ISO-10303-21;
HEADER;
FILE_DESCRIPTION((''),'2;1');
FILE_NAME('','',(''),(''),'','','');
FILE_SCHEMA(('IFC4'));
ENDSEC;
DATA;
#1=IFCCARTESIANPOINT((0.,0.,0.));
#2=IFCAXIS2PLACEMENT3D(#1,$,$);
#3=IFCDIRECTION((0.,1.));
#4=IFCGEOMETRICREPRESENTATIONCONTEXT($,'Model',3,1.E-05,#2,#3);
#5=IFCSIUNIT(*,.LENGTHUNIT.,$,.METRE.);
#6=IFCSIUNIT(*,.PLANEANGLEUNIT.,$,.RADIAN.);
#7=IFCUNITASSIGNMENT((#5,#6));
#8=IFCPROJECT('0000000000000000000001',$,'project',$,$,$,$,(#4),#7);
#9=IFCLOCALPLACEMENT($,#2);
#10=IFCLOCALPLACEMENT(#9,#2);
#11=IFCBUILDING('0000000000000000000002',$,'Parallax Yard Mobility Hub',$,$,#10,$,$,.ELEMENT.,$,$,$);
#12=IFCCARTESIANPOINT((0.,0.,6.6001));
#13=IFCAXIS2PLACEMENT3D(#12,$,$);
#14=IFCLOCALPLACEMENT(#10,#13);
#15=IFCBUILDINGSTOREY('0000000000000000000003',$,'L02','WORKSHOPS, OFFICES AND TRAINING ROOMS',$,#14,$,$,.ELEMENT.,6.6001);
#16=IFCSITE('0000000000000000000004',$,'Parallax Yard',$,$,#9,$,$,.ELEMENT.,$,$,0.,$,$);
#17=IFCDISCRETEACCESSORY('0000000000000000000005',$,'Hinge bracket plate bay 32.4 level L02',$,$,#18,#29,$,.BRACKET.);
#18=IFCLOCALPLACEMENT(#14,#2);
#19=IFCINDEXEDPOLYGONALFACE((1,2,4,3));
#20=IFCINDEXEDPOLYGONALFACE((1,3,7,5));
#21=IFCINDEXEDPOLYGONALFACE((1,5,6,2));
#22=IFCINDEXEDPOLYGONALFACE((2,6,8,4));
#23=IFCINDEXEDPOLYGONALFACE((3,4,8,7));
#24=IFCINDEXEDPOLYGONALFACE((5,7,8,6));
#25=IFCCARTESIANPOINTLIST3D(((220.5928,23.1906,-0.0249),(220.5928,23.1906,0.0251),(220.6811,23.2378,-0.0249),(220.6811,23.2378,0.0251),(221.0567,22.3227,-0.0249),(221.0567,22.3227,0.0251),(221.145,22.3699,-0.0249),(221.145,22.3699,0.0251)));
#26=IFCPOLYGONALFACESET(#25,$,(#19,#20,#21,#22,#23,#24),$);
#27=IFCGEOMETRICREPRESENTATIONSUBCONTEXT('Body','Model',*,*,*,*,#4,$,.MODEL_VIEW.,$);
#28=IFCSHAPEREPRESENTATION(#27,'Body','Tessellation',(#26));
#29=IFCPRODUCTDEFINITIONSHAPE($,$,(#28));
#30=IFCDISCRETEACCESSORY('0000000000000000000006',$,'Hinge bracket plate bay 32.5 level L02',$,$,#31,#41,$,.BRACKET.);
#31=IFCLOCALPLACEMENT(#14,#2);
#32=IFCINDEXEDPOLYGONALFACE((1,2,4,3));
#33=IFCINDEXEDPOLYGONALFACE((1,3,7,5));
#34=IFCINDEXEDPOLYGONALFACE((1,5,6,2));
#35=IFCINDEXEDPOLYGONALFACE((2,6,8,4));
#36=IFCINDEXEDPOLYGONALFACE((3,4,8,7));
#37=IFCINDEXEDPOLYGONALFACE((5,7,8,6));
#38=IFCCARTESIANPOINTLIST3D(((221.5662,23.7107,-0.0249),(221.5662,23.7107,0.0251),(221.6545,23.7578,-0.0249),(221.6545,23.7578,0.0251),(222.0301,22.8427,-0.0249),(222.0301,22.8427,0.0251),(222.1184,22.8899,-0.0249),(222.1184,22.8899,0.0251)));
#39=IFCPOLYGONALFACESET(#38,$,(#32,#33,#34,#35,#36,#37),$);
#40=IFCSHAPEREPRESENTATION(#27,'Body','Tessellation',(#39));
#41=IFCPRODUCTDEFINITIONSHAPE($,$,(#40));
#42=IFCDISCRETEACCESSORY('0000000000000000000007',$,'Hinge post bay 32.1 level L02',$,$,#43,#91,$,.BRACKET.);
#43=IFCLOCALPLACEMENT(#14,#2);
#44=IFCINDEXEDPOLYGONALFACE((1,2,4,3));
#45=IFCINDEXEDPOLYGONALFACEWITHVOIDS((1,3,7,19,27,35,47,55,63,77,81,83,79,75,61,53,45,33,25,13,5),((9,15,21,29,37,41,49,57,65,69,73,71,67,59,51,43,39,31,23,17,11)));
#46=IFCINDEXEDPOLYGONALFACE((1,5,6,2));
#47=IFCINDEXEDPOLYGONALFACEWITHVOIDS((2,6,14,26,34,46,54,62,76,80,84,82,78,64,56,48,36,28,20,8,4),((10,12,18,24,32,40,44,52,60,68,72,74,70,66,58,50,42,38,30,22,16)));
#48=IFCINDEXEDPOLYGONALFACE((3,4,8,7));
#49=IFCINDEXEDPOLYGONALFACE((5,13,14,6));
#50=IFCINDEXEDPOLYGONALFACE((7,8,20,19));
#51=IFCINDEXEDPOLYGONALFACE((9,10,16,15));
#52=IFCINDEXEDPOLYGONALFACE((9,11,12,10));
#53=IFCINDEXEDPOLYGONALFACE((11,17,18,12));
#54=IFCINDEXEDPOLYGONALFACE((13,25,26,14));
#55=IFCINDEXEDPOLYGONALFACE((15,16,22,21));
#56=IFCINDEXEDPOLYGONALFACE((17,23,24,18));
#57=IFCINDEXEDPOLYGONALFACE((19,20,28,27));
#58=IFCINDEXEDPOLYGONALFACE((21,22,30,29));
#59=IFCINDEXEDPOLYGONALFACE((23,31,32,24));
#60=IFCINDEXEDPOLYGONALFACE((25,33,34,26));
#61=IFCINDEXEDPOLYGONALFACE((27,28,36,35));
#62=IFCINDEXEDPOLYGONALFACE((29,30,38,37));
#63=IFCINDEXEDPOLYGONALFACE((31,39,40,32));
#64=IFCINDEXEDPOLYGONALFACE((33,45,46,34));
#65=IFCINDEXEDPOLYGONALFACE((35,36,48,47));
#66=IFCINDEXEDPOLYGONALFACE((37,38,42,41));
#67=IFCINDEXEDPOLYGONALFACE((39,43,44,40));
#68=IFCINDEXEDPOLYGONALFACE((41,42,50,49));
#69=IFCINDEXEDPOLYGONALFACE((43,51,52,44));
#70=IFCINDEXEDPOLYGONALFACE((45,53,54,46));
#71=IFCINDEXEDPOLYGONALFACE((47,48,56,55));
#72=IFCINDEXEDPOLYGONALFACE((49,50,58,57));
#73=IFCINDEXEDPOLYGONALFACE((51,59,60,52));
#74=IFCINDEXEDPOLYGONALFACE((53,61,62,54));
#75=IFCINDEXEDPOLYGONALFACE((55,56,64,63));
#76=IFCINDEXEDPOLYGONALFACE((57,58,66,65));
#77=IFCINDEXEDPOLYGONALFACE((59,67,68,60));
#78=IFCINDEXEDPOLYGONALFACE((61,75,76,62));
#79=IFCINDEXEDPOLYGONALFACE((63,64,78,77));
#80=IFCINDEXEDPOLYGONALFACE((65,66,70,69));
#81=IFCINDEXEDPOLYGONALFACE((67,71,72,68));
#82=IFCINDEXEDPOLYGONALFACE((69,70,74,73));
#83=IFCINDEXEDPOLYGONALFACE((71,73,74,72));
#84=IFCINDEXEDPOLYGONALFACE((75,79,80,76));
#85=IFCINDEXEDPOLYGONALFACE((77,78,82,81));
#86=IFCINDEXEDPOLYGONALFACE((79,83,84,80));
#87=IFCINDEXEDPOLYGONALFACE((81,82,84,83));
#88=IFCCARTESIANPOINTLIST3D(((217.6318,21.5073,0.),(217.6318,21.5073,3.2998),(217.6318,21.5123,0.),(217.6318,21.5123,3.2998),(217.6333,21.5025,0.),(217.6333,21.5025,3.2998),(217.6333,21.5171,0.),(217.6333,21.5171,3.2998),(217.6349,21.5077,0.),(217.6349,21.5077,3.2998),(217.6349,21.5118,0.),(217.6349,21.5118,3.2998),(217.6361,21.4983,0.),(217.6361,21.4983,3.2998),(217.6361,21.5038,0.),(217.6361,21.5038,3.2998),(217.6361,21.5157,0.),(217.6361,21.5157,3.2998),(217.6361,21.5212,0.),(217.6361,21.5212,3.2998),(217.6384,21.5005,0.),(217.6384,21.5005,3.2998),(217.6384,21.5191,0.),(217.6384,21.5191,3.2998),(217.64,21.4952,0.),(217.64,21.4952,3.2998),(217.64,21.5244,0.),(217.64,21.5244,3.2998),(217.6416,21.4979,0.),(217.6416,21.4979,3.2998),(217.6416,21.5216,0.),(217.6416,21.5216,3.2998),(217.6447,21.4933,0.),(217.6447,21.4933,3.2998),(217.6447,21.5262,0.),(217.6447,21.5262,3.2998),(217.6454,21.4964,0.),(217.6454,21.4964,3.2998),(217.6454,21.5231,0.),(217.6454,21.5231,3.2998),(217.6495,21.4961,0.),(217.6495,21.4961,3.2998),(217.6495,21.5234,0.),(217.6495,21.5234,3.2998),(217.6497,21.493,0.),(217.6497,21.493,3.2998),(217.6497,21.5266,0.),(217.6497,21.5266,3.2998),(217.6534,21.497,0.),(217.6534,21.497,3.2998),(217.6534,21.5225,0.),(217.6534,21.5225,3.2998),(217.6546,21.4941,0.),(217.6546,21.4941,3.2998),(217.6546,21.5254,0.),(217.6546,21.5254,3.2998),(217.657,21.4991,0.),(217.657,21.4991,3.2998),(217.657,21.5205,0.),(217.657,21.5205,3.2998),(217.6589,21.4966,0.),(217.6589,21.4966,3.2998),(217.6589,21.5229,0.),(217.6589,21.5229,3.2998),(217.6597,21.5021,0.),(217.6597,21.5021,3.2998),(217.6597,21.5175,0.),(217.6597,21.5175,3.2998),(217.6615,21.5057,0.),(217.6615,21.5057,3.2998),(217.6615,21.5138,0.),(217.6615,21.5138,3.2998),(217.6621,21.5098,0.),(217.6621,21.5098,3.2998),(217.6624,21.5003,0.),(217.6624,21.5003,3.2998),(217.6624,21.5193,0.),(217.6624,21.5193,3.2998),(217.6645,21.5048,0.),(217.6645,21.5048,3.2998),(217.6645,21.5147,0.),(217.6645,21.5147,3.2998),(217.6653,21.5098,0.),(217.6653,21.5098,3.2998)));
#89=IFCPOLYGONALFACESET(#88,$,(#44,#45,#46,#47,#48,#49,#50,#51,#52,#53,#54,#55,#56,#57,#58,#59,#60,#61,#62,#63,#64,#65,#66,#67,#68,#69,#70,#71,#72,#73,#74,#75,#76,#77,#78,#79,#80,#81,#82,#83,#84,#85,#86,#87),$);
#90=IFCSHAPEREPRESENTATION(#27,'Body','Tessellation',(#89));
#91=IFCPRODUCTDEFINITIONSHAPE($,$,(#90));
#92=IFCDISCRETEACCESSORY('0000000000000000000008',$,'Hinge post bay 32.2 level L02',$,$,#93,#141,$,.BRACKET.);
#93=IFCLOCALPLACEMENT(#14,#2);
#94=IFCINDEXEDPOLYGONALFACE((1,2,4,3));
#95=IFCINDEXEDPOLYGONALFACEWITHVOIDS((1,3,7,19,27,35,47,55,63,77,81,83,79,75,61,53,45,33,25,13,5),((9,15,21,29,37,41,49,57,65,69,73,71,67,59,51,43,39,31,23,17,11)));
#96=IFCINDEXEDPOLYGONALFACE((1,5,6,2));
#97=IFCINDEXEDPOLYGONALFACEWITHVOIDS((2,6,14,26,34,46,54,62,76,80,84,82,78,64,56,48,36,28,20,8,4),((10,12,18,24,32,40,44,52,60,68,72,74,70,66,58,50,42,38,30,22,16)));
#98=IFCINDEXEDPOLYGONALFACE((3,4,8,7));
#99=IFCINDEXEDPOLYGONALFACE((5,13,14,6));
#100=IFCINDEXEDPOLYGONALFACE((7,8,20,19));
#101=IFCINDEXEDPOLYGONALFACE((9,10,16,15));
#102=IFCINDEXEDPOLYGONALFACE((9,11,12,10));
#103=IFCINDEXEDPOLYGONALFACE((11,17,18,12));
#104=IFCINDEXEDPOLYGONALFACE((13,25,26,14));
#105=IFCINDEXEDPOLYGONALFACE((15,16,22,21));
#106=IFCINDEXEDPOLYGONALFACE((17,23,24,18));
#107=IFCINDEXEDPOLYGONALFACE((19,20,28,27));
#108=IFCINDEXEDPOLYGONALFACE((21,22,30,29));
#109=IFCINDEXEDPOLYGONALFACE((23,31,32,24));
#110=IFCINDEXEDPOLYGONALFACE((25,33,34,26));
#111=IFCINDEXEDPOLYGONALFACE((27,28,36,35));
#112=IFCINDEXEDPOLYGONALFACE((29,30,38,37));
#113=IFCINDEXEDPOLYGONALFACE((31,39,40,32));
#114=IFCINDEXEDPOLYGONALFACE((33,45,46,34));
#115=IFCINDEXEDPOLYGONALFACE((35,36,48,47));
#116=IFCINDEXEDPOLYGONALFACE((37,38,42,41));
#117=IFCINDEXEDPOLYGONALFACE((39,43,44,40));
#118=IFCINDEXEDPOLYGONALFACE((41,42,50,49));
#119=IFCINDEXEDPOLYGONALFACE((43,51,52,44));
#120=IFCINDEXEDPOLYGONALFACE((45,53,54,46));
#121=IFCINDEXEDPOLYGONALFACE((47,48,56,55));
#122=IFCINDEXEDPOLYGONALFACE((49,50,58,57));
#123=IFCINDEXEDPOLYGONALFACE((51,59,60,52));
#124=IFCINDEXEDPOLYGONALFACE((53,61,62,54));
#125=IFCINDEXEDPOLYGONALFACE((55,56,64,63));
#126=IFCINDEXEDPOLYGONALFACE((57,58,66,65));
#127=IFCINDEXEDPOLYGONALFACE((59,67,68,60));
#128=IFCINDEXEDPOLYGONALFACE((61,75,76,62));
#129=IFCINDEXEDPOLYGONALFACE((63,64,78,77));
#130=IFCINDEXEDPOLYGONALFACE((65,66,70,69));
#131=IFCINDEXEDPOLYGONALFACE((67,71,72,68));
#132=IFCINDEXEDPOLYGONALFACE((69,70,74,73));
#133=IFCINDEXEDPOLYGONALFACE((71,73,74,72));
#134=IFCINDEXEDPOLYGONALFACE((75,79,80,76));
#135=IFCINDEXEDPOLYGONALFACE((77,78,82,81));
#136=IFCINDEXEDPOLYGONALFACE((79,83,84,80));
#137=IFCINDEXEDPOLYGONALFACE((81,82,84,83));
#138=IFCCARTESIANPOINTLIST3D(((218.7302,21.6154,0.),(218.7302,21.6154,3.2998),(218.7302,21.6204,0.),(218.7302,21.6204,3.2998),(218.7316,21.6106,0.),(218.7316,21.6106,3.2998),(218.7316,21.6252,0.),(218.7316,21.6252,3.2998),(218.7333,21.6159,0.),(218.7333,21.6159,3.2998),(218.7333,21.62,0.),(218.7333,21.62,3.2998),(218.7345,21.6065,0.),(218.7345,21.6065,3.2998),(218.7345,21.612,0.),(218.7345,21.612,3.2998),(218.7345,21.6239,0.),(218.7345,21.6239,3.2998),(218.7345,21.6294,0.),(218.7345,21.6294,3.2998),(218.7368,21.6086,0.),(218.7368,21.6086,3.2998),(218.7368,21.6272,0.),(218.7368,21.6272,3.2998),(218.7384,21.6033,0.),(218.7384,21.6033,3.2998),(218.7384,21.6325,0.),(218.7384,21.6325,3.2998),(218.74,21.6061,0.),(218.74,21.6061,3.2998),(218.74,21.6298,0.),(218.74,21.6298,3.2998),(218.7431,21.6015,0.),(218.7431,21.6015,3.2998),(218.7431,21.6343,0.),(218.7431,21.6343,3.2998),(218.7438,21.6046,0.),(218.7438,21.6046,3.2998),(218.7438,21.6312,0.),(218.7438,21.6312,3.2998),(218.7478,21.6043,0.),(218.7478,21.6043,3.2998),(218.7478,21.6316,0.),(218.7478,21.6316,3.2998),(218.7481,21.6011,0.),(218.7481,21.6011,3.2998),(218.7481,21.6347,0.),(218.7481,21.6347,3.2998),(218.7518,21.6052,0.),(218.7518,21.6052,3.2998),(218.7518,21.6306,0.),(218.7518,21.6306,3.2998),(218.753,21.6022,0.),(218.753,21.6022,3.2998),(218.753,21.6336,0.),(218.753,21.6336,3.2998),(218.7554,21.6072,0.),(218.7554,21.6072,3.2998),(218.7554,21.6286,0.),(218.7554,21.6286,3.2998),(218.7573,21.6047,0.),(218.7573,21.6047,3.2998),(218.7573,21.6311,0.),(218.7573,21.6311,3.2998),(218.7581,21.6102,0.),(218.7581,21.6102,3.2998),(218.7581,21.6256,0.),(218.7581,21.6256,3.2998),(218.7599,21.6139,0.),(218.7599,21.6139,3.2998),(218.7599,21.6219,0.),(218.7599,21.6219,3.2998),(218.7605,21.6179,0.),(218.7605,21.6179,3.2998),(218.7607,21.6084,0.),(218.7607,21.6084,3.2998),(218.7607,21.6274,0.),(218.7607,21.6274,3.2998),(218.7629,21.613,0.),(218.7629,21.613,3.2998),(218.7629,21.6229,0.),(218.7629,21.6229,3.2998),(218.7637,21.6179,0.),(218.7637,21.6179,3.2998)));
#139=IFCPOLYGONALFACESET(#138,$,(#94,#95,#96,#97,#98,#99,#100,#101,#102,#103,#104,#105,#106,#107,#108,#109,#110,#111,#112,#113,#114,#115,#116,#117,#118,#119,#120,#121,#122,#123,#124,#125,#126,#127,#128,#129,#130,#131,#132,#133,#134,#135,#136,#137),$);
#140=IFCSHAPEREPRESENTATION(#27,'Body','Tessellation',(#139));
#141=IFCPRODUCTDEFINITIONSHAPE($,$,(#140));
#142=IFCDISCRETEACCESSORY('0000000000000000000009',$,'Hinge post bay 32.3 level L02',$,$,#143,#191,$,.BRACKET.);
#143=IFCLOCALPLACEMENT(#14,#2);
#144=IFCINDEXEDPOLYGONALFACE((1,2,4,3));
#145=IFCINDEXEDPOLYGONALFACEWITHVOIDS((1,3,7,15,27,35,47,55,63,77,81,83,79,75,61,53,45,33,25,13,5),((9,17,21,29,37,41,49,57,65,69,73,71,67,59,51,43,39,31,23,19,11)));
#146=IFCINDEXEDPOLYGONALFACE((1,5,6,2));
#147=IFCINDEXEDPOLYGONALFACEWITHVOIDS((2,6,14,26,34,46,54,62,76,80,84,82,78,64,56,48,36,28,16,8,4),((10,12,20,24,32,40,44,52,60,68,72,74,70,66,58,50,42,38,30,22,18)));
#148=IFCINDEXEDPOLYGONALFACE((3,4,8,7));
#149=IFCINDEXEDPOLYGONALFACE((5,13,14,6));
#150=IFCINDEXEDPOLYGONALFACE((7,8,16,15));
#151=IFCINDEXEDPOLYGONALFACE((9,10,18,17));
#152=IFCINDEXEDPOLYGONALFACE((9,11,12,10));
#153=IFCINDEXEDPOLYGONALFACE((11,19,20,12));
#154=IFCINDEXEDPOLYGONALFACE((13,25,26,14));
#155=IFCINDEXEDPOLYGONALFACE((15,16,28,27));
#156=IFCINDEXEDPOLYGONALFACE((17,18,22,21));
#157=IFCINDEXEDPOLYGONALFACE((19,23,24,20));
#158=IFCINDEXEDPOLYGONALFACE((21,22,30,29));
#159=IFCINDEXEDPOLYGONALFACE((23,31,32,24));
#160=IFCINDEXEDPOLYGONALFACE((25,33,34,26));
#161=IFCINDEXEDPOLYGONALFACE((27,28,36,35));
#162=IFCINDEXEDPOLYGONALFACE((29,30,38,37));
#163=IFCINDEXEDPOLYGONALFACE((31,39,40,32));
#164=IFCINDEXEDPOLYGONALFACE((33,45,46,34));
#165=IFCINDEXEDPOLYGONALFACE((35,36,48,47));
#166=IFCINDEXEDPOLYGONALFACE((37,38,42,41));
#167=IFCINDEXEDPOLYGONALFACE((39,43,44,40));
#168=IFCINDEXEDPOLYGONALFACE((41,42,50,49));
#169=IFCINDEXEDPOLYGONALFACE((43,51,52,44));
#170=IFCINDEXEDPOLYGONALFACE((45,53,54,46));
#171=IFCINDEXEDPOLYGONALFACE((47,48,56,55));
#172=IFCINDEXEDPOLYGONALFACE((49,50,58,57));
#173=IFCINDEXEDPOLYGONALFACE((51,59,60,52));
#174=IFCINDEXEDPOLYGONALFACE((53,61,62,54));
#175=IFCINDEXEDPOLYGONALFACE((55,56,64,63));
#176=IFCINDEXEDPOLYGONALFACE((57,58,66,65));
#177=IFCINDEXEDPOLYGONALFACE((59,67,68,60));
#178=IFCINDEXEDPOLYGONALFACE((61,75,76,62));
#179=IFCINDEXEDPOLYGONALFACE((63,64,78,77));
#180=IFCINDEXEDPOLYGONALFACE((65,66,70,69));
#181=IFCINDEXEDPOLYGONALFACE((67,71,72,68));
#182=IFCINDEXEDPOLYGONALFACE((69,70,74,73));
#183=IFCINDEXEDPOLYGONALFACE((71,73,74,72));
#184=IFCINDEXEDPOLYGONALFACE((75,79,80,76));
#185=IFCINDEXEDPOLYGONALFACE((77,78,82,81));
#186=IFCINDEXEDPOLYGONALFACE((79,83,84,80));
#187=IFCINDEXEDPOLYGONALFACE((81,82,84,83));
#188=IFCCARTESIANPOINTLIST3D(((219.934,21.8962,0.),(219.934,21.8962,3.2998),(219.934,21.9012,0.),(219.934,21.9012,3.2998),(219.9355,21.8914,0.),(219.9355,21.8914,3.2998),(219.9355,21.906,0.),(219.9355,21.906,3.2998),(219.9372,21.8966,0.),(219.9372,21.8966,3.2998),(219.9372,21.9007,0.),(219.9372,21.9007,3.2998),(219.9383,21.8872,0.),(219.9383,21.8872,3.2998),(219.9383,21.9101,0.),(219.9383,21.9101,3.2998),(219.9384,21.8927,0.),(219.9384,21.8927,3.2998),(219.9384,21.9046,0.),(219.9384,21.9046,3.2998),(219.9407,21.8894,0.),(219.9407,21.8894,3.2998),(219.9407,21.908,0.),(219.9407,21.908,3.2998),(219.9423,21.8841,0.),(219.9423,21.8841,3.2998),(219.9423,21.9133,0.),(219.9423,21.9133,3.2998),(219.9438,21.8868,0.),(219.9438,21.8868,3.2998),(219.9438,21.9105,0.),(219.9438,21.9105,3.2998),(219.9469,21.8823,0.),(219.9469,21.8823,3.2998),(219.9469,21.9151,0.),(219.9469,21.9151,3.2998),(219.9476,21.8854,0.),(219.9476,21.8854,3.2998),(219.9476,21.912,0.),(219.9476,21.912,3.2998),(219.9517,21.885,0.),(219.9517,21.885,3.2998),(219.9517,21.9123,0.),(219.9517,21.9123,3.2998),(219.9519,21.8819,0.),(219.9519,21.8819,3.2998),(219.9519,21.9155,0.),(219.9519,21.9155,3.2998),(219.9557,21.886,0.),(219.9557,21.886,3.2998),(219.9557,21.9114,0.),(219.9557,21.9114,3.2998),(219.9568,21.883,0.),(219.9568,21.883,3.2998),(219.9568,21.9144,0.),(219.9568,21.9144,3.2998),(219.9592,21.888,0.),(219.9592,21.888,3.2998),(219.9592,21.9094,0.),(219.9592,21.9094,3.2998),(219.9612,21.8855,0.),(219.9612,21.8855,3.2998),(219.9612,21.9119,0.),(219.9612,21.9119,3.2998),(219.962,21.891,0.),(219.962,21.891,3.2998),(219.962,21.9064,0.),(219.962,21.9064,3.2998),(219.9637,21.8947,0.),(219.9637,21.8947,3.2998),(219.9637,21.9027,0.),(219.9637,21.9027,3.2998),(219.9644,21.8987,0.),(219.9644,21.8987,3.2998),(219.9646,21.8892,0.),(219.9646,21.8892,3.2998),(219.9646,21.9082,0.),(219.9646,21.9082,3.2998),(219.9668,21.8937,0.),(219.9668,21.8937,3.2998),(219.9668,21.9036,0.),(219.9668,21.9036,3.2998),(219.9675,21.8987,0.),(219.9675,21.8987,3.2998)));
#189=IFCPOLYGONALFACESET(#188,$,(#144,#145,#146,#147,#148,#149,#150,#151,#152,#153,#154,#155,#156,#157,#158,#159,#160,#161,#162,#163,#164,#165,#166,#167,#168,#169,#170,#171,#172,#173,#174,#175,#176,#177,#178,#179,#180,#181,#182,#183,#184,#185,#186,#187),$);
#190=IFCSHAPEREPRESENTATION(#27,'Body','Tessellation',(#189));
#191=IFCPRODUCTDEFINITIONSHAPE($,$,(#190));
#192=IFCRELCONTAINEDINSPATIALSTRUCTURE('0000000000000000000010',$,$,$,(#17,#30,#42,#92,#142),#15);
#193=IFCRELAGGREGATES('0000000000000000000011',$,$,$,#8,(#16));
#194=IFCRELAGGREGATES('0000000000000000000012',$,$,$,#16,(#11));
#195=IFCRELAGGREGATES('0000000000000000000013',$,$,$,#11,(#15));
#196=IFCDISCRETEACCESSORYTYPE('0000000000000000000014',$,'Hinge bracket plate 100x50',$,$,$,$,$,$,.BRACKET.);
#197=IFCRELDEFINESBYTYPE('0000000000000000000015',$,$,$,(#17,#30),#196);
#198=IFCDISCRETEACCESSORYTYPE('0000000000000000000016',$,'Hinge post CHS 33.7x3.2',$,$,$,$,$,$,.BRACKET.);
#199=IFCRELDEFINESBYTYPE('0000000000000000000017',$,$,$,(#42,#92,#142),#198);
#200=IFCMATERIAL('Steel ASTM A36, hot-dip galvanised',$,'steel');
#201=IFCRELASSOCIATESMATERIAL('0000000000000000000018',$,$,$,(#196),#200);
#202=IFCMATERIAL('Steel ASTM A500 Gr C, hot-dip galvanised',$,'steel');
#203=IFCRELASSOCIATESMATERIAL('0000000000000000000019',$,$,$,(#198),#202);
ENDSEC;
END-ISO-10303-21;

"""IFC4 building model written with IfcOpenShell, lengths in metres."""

from ifc_helpers import new_model, si_unit, direction, frame, origin, origin_2d, place, context, subcontext, project, spatial, rectangle, hollow_circle, extrude, material, material_profile, profile_set, type_object, element, save


model = new_model("IFC4")

# Units and contexts
model_context = context("Model", 3, precision=1e-05, world=origin(), true_north=direction((0.0, 1.0)))
body_context = subcontext(model_context, "Body", "Model", "MODEL_VIEW")
ifc_project = project(units=[si_unit("LENGTHUNIT", "METRE"), si_unit("PLANEANGLEUNIT", "RADIAN")], contexts=[model_context])

# Site, building, storey
site_placement = place(None, origin())
site = spatial("IfcSite", under=ifc_project, at=site_placement, Name="Parallax Yard", CompositionType="ELEMENT", RefElevation=0.0)
building_placement = place(site_placement, origin())
building = spatial("IfcBuilding", under=site, at=building_placement, Name="Parallax Yard Mobility Hub", CompositionType="ELEMENT")
storey_placement = place(building_placement, frame((0.0, 0.0, 6.6001)))
storey = spatial("IfcBuildingStorey", under=building, at=storey_placement, Name="L02", Description="WORKSHOPS, OFFICES AND TRAINING ROOMS", CompositionType="ELEMENT", Elevation=6.6001)

# Discrete accessories
ifc_material_1 = material(Name="Steel ASTM A36, hot-dip galvanised", Category="steel")
discrete_accessory_type_1 = type_object("IfcDiscreteAccessoryType", Name="Hinge bracket plate 100x50", PredefinedType="BRACKET", material=ifc_material_1)
for number, where, z_axis, x_axis, name in (
    (1, (220.8689, 22.7803, -0.0249), (0.0, 0.0, 1.0), (0.471397, -0.881921, 0.0), "Hinge bracket plate bay 32.4 level L02"),
    (2, (221.8423, 23.3003, -0.0249), (0.0, 0.0, 1.0), (0.471397, -0.881921, 0.0), "Hinge bracket plate bay 32.5 level L02"),
):
    element("IfcDiscreteAccessory", number, at=place(storey_placement, frame(where, z_axis=z_axis, x_axis=x_axis)), inside=storey, type_object=discrete_accessory_type_1, Name=name, PredefinedType="BRACKET", context=body_context, shape_type="SweptSolid", body=[
        extrude(rectangle(XDim=0.9841, YDim=0.1001, at=origin_2d()), origin(), (0.0, 0.0, 1.0), 0.05),
    ])
ifc_material_2 = material(Name="Steel ASTM A500 Gr C, hot-dip galvanised", Category="steel")
ifc_material_profile_1 = material_profile(ifc_material_2, hollow_circle(Radius=0.0168, WallThickness=0.0032, at=origin_2d()), Name="CHS 33.7x3.2")
ifc_profile_set_1 = profile_set([ifc_material_profile_1], Name="Steel ASTM A500 Gr C, hot-dip galvanised")
discrete_accessory_type_2 = type_object("IfcDiscreteAccessoryType", Name="Hinge post CHS 33.7x3.2", PredefinedType="BRACKET", material=ifc_profile_set_1)
for number, where, z_axis, x_axis, name in (
    (3, (217.6484, 21.5098, 0.0), (0.0, 0.0, 1.0), (1.0, 0.0, 0.0), "Hinge post bay 32.1 level L02"),
    (4, (218.7468, 21.6179, 0.0), (0.0, 0.0, 1.0), (1.0, 0.0, 0.0), "Hinge post bay 32.2 level L02"),
    (5, (219.9507, 21.8987, 0.0), (0.0, 0.0, 1.0), (1.0, 0.0, 0.0), "Hinge post bay 32.3 level L02"),
):
    element("IfcDiscreteAccessory", number, at=place(storey_placement, frame(where, z_axis=z_axis, x_axis=x_axis)), inside=storey, type_object=discrete_accessory_type_2, Name=name, PredefinedType="BRACKET", context=body_context, shape_type="SweptSolid", body=[
        extrude(hollow_circle(Radius=0.0168, WallThickness=0.0032, at=origin_2d()), origin(), (0.0, 0.0, 1.0), 3.2998),
    ])

save(model, "model.ifc")
